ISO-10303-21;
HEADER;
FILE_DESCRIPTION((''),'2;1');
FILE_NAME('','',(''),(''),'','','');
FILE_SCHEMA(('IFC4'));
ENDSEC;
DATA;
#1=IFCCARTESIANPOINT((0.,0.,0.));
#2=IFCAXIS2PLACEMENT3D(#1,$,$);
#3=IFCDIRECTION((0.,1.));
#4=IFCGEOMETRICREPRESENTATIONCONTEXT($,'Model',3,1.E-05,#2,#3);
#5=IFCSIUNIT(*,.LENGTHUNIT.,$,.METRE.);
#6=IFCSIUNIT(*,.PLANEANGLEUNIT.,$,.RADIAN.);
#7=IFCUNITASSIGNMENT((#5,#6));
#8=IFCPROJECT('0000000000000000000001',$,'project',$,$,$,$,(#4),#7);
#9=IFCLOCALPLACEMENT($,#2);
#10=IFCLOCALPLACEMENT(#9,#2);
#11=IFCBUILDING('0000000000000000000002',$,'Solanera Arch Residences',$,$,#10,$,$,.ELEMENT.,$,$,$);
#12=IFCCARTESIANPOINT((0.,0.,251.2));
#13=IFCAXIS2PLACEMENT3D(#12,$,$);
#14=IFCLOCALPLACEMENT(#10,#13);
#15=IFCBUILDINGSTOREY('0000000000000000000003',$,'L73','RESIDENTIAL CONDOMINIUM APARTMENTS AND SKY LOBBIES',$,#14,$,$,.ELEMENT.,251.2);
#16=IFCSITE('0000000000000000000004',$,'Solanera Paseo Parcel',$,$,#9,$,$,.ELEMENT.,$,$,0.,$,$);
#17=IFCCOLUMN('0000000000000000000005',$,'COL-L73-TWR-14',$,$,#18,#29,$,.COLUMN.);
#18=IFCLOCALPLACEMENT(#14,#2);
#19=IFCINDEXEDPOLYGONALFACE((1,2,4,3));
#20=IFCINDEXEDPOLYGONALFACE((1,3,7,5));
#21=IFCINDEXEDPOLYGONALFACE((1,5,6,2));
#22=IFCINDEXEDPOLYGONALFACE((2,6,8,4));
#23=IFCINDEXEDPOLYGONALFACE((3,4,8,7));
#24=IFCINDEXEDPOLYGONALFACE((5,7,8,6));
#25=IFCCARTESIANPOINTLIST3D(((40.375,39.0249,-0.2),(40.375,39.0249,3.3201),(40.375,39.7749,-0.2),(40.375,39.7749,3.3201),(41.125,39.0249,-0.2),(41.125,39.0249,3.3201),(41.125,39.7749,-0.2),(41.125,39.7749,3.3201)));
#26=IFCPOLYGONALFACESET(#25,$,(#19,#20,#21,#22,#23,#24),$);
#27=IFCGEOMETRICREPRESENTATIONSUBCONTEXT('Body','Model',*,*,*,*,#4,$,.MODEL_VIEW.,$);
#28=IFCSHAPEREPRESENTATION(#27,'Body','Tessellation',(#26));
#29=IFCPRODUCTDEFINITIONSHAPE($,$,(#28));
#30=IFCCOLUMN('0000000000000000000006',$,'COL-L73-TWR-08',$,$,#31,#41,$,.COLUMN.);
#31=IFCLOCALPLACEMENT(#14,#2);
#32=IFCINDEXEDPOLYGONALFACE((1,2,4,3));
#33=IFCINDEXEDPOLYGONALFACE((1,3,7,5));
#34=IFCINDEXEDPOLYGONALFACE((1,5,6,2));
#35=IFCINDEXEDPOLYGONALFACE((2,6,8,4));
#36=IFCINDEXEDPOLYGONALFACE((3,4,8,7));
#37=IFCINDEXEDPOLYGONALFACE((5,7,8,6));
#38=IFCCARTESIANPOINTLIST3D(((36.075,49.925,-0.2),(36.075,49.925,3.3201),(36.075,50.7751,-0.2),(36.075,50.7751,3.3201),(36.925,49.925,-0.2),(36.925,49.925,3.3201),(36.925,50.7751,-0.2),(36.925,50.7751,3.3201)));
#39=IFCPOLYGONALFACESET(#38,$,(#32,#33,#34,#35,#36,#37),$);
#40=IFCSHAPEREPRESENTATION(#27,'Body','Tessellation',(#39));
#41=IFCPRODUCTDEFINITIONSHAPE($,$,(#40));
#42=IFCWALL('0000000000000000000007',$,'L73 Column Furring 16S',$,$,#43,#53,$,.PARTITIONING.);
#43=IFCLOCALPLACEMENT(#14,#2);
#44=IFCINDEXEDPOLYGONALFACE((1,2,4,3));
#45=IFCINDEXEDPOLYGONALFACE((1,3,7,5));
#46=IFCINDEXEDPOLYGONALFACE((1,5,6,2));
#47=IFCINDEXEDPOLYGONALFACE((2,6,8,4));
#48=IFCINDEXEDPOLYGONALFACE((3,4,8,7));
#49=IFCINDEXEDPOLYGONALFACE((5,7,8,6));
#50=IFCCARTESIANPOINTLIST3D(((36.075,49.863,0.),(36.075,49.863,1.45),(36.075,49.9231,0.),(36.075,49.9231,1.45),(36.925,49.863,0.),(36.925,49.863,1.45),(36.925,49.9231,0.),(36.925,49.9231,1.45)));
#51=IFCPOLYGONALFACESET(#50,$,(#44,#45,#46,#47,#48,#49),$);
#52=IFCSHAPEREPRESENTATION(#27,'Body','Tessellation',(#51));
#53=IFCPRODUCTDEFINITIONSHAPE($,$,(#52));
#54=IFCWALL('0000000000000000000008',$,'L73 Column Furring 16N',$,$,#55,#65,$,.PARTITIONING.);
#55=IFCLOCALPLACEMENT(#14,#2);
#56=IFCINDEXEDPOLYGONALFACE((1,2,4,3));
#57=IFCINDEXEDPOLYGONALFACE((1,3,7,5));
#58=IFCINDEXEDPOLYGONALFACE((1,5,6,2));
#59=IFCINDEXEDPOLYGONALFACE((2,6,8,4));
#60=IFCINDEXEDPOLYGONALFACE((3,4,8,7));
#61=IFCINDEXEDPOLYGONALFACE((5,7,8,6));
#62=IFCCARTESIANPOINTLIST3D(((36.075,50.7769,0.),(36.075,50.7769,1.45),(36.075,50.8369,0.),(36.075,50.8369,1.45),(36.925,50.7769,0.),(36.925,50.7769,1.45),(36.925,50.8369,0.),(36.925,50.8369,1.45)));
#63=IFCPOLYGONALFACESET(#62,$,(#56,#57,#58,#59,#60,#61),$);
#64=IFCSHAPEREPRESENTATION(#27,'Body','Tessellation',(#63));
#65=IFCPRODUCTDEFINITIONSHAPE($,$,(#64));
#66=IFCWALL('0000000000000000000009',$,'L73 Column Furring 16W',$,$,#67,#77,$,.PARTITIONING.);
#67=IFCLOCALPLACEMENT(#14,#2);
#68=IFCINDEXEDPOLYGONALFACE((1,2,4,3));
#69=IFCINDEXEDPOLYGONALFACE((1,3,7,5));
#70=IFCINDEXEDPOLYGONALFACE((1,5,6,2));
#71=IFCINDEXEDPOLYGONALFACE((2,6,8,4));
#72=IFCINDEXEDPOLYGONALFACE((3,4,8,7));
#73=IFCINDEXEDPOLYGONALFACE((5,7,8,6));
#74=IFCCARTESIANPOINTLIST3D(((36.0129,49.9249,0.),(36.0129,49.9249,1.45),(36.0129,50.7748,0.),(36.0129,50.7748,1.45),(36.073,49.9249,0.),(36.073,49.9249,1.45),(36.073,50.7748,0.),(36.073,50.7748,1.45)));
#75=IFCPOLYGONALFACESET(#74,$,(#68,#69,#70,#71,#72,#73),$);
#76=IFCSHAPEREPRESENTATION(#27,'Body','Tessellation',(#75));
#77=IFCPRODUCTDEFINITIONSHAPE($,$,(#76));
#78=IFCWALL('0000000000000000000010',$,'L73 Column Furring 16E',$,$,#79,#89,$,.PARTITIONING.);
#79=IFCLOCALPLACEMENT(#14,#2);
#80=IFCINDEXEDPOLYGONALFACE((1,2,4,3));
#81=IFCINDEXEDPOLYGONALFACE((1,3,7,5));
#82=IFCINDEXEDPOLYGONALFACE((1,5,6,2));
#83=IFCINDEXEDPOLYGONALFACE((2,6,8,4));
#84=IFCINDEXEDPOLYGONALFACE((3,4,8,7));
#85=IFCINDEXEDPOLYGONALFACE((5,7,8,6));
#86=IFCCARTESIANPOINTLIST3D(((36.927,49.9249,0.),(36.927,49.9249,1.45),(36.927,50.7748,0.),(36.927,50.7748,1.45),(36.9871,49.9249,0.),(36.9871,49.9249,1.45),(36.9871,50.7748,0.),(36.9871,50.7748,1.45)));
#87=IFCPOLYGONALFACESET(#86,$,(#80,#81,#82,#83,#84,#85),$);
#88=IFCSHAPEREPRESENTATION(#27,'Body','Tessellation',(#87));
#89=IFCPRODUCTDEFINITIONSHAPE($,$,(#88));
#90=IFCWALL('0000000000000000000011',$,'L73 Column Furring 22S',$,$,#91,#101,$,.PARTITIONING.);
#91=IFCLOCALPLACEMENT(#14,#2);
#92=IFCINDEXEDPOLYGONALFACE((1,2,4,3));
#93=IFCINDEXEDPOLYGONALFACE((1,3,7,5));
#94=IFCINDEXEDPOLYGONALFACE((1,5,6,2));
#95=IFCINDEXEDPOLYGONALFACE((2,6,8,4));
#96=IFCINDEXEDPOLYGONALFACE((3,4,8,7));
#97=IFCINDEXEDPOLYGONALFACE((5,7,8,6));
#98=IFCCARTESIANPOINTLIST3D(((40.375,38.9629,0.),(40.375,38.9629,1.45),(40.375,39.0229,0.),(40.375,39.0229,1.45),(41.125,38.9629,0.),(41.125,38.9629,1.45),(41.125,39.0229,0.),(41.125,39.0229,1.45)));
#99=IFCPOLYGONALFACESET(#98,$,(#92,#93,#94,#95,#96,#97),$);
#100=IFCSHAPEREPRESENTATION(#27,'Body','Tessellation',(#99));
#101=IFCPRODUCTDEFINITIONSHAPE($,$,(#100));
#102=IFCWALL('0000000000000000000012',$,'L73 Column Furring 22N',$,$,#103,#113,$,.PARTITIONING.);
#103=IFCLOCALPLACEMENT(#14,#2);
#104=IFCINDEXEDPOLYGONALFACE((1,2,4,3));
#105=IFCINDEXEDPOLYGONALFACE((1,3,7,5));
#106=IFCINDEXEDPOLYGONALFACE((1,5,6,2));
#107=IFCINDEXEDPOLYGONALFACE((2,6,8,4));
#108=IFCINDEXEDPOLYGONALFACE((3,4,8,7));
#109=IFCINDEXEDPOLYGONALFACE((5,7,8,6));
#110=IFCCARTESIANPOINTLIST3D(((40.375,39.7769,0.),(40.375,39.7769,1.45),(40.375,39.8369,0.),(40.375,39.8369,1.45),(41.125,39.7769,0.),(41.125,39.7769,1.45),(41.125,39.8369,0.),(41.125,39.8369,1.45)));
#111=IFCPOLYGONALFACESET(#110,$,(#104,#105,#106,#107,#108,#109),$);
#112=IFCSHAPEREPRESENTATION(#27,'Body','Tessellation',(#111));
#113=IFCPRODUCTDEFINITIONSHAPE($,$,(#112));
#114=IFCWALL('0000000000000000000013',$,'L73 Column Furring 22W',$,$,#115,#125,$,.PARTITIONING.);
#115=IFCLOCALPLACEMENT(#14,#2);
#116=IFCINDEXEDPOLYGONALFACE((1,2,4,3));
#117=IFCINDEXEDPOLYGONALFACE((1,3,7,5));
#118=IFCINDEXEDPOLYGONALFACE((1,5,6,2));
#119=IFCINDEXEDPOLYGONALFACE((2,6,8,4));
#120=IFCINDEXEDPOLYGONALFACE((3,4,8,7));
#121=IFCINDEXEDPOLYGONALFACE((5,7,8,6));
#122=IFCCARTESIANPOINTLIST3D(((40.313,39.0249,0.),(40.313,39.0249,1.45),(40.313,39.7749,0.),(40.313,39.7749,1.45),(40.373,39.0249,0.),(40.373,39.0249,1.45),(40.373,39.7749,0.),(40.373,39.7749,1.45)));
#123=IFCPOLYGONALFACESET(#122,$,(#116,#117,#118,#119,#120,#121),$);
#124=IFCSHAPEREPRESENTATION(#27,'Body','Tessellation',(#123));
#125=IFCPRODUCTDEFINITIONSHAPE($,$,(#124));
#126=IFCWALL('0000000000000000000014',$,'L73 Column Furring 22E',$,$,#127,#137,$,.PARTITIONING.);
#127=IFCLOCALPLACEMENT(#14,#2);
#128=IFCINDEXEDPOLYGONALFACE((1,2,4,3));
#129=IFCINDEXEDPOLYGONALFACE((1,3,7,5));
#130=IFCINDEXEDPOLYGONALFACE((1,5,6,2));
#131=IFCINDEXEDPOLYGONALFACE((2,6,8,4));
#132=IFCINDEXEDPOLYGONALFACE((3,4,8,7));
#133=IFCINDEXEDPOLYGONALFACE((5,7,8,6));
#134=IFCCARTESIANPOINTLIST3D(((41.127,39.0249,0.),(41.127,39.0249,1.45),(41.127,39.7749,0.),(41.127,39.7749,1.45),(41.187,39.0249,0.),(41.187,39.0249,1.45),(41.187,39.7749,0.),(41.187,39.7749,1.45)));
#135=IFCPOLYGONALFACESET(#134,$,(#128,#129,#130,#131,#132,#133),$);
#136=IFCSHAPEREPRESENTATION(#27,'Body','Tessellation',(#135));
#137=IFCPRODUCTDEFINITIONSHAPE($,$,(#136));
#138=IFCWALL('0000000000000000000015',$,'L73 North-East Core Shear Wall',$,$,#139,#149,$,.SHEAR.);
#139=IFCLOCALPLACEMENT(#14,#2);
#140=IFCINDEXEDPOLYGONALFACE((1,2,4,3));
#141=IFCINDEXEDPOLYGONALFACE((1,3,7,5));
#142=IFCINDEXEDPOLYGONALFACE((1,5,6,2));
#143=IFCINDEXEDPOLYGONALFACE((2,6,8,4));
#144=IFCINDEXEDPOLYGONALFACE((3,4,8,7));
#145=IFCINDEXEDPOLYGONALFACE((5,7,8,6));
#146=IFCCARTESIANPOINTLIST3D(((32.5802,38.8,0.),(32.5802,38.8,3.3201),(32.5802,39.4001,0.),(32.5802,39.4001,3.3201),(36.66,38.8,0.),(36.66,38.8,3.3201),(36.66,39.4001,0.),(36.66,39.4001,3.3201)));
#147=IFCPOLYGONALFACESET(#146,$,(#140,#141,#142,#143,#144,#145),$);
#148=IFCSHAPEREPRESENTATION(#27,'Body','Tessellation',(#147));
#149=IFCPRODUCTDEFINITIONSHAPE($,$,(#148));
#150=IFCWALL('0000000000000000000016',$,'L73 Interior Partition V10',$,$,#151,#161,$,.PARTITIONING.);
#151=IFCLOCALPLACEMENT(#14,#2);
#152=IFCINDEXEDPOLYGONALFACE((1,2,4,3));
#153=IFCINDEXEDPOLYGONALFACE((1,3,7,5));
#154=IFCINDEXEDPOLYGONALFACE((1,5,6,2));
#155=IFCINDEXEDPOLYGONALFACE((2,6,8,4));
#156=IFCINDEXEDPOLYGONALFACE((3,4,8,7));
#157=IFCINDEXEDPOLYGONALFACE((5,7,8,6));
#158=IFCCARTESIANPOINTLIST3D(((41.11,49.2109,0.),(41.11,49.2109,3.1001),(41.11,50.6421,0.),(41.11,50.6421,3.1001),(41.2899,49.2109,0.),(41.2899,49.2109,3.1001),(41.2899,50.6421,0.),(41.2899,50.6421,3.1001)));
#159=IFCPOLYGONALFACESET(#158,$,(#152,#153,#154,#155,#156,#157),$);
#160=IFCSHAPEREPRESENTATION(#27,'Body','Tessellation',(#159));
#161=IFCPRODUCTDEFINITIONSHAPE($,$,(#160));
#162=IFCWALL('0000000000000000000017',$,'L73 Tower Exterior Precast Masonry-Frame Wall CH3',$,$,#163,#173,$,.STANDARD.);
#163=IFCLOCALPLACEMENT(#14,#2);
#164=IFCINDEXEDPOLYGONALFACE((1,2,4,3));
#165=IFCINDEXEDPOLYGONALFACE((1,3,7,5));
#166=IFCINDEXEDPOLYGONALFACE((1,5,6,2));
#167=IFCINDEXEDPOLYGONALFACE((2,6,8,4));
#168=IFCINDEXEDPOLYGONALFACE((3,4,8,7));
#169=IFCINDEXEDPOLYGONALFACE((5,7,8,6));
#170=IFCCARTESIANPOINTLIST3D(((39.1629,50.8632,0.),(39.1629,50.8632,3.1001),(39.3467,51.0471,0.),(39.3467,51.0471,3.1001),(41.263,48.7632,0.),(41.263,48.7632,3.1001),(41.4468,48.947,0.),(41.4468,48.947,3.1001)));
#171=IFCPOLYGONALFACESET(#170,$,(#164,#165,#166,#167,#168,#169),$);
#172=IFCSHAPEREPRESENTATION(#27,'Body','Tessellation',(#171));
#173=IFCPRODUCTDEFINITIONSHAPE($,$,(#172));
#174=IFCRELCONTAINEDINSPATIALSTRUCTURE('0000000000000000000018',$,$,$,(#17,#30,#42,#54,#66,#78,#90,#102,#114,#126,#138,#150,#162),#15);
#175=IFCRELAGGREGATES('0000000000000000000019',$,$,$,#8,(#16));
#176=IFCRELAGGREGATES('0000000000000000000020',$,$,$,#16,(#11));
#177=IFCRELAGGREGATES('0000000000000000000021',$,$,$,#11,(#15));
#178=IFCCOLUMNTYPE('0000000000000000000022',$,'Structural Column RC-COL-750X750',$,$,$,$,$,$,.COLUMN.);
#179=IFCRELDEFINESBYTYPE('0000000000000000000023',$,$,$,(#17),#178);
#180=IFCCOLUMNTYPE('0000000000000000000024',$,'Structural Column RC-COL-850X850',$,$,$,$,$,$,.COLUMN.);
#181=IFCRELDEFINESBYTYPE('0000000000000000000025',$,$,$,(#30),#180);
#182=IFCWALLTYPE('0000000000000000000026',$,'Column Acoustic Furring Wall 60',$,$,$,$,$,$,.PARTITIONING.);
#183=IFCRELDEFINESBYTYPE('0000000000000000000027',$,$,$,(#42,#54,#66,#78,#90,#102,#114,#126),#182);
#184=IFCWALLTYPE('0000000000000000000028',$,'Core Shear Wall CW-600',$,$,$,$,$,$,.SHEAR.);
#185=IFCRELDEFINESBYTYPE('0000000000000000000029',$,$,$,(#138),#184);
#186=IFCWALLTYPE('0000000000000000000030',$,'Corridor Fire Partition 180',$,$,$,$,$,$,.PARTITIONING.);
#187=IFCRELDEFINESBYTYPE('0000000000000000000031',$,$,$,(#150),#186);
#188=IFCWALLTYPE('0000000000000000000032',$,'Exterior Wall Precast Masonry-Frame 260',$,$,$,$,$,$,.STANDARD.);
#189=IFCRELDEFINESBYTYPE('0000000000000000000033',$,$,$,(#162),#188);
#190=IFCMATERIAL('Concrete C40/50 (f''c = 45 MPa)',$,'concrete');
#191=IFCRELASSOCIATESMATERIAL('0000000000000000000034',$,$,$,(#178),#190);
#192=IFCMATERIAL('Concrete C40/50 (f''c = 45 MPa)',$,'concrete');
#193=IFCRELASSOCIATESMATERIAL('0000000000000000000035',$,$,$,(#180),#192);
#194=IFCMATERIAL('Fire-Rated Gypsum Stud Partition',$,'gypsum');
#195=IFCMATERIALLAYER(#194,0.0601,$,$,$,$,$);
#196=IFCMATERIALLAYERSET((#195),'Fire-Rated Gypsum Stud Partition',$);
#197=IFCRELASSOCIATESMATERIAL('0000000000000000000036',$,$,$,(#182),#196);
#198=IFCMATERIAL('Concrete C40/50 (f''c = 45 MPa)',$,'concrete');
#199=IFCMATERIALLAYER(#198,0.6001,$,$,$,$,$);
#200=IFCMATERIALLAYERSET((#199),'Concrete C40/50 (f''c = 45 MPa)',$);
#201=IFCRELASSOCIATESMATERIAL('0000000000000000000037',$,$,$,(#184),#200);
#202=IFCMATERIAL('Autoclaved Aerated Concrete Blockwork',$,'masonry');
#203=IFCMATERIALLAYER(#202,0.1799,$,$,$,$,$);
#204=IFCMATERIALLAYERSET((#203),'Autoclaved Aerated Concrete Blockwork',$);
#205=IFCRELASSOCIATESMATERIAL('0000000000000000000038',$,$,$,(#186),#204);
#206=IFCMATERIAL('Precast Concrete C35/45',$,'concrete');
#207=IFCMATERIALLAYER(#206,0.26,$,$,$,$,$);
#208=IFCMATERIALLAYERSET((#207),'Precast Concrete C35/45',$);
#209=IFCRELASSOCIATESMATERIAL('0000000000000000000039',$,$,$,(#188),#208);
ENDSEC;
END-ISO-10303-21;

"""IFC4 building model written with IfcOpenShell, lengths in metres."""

from ifc_helpers import new_model, si_unit, direction, frame, frame_2d, origin, origin_2d, place, context, subcontext, project, spatial, rectangle, extrude, material, layer, layer_set, material_profile, profile_set, type_object, element, save


model = new_model("IFC4")

# Units and contexts
model_context = context("Model", 3, precision=1e-05, world=origin(), true_north=direction((0.0, 1.0)))
body_context = subcontext(model_context, "Body", "Model", "MODEL_VIEW")
ifc_project = project(units=[si_unit("LENGTHUNIT", "METRE"), si_unit("PLANEANGLEUNIT", "RADIAN")], contexts=[model_context])

# Site, building, storey
site_placement = place(None, origin())
site = spatial("IfcSite", under=ifc_project, at=site_placement, Name="Solanera Paseo Parcel", CompositionType="ELEMENT", RefElevation=0.0)
building_placement = place(site_placement, origin())
building = spatial("IfcBuilding", under=site, at=building_placement, Name="Solanera Arch Residences", CompositionType="ELEMENT")
storey_placement = place(building_placement, frame((0.0, 0.0, 251.2)))
storey = spatial("IfcBuildingStorey", under=building, at=storey_placement, Name="L73", Description="RESIDENTIAL CONDOMINIUM APARTMENTS AND SKY LOBBIES", CompositionType="ELEMENT", Elevation=251.2)

# Columns
ifc_material_1 = material(Name="Concrete C40/50 (f'c = 45 MPa)", Category="concrete")
ifc_material_profile_1 = material_profile(ifc_material_1, rectangle(XDim=0.75, YDim=0.75, at=origin_2d()))
ifc_profile_set_1 = profile_set([ifc_material_profile_1], Name="Concrete C40/50 (f'c = 45 MPa)")
column_type_1 = type_object("IfcColumnType", Name="Structural Column RC-COL-750X750", PredefinedType="COLUMN", material=ifc_profile_set_1)
column_1_placement = place(storey_placement, frame((40.75, 39.3999, -0.2), z_axis=(0.0, 0.0, 1.0), x_axis=(1.0, 0.0, 0.0)))
element("IfcColumn", 1, at=column_1_placement, inside=storey, type_object=column_type_1, Name="COL-L73-TWR-14", PredefinedType="COLUMN", context=body_context, shape_type="SweptSolid", body=[
    extrude(rectangle(XDim=0.75, YDim=0.75, at=origin_2d()), origin(), (0.0, 0.0, 1.0), 3.52),
])
ifc_material_2 = material(Name="Concrete C40/50 (f'c = 45 MPa)", Category="concrete")
ifc_material_profile_2 = material_profile(ifc_material_2, rectangle(XDim=0.8501, YDim=0.8501, at=origin_2d()))
ifc_profile_set_2 = profile_set([ifc_material_profile_2], Name="Concrete C40/50 (f'c = 45 MPa)")
column_type_2 = type_object("IfcColumnType", Name="Structural Column RC-COL-850X850", PredefinedType="COLUMN", material=ifc_profile_set_2)
column_2_placement = place(storey_placement, frame((36.5, 50.3501, -0.2), z_axis=(0.0, 0.0, 1.0), x_axis=(1.0, 0.0, 0.0)))
element("IfcColumn", 2, at=column_2_placement, inside=storey, type_object=column_type_2, Name="COL-L73-TWR-08", PredefinedType="COLUMN", context=body_context, shape_type="SweptSolid", body=[
    extrude(rectangle(XDim=0.8501, YDim=0.8501, at=origin_2d()), origin(), (0.0, 0.0, 1.0), 3.52),
])

# Walls
ifc_material_3 = material(Name="Fire-Rated Gypsum Stud Partition", Category="gypsum")
ifc_layer_1 = layer(ifc_material_3, 0.0601)
ifc_layer_set_1 = layer_set([ifc_layer_1], Name="Fire-Rated Gypsum Stud Partition")
wall_type_1 = type_object("IfcWallType", Name="Column Acoustic Furring Wall 60", PredefinedType="PARTITIONING", material=ifc_layer_set_1)
for number, where, z_axis, x_axis, name in (
    (3, (36.075, 49.8931, 0.0), (0.0, 0.0, 1.0), (1.0, 0.0, 0.0), "L73 Column Furring 16S"),
    (4, (36.075, 50.8069, 0.0), (0.0, 0.0, 1.0), (1.0, 0.0, 0.0), "L73 Column Furring 16N"),
):
    element("IfcWall", number, at=place(storey_placement, frame(where, z_axis=z_axis, x_axis=x_axis)), inside=storey, type_object=wall_type_1, Name=name, PredefinedType="PARTITIONING", context=body_context, shape_type="SweptSolid", body=[
        extrude(rectangle(XDim=0.8501, YDim=0.0601, at=frame_2d((0.425, 0.0))), origin(), (0.0, 0.0, 1.0), 1.45),
    ])
for number, where, z_axis, x_axis, name in (
    (5, (36.043, 49.925, 0.0), (0.0, 0.0, 1.0), (0.0, 1.0, 0.0), "L73 Column Furring 16W"),
    (6, (36.957, 49.925, 0.0), (0.0, 0.0, 1.0), (0.0, 1.0, 0.0), "L73 Column Furring 16E"),
):
    element("IfcWall", number, at=place(storey_placement, frame(where, z_axis=z_axis, x_axis=x_axis)), inside=storey, type_object=wall_type_1, Name=name, PredefinedType="PARTITIONING", context=body_context, shape_type="SweptSolid", body=[
        extrude(rectangle(XDim=0.8499, YDim=0.0601, at=frame_2d((0.4248, 0.0))), origin(), (0.0, 0.0, 1.0), 1.45),
    ])
for number, where, z_axis, x_axis, name in (
    (7, (40.375, 38.9929, 0.0), (0.0, 0.0, 1.0), (1.0, 0.0, 0.0), "L73 Column Furring 22S"),
    (8, (40.375, 39.8069, 0.0), (0.0, 0.0, 1.0), (1.0, 0.0, 0.0), "L73 Column Furring 22N"),
    (9, (40.343, 39.0249, 0.0), (0.0, 0.0, 1.0), (0.0, 1.0, 0.0), "L73 Column Furring 22W"),
    (10, (41.157, 39.0249, 0.0), (0.0, 0.0, 1.0), (0.0, 1.0, 0.0), "L73 Column Furring 22E"),
):
    element("IfcWall", number, at=place(storey_placement, frame(where, z_axis=z_axis, x_axis=x_axis)), inside=storey, type_object=wall_type_1, Name=name, PredefinedType="PARTITIONING", context=body_context, shape_type="SweptSolid", body=[
        extrude(rectangle(XDim=0.75, YDim=0.0601, at=frame_2d((0.375, 0.0))), origin(), (0.0, 0.0, 1.0), 1.45),
    ])
ifc_material_4 = material(Name="Concrete C40/50 (f'c = 45 MPa)", Category="concrete")
ifc_layer_2 = layer(ifc_material_4, 0.6001)
ifc_layer_set_2 = layer_set([ifc_layer_2], Name="Concrete C40/50 (f'c = 45 MPa)")
wall_type_2 = type_object("IfcWallType", Name="Core Shear Wall CW-600", PredefinedType="SHEAR", material=ifc_layer_set_2)
wall_1_placement = place(storey_placement, frame((32.5801, 39.1001, 0.0), z_axis=(0.0, 0.0, 1.0), x_axis=(1.0, 0.0, 0.0)))
element("IfcWall", 11, at=wall_1_placement, inside=storey, type_object=wall_type_2, Name="L73 North-East Core Shear Wall", PredefinedType="SHEAR", context=body_context, shape_type="SweptSolid", body=[
    extrude(rectangle(XDim=4.0798, YDim=0.6001, at=frame_2d((2.04, 0.0))), origin(), (0.0, 0.0, 1.0), 3.3201),
])
ifc_material_5 = material(Name="Autoclaved Aerated Concrete Blockwork", Category="masonry")
ifc_layer_3 = layer(ifc_material_5, 0.1799)
ifc_layer_set_3 = layer_set([ifc_layer_3], Name="Autoclaved Aerated Concrete Blockwork")
wall_type_3 = type_object("IfcWallType", Name="Corridor Fire Partition 180", PredefinedType="PARTITIONING", material=ifc_layer_set_3)
wall_2_placement = place(storey_placement, frame((41.2, 49.2109, 0.0), z_axis=(0.0, 0.0, 1.0), x_axis=(0.0, 1.0, 0.0)))
element("IfcWall", 12, at=wall_2_placement, inside=storey, type_object=wall_type_3, Name="L73 Interior Partition V10", PredefinedType="PARTITIONING", context=body_context, shape_type="SweptSolid", body=[
    extrude(rectangle(XDim=1.4312, YDim=0.1799, at=frame_2d((0.7156, 0.0))), origin(), (0.0, 0.0, 1.0), 3.1001),
])
ifc_material_6 = material(Name="Precast Concrete C35/45", Category="concrete")
ifc_layer_4 = layer(ifc_material_6, 0.26)
ifc_layer_set_4 = layer_set([ifc_layer_4], Name="Precast Concrete C35/45")
wall_type_4 = type_object("IfcWallType", Name="Exterior Wall Precast Masonry-Frame 260", PredefinedType="STANDARD", material=ifc_layer_set_4)
wall_3_placement = place(storey_placement, frame((39.2549, 50.9551, 0.0), z_axis=(0.0, 0.0, 1.0), x_axis=(0.707107, -0.707107, 0.0)))
element("IfcWall", 13, at=wall_3_placement, inside=storey, type_object=wall_type_4, Name="L73 Tower Exterior Precast Masonry-Frame Wall CH3", PredefinedType="STANDARD", context=body_context, shape_type="SweptSolid", body=[
    extrude(rectangle(XDim=2.97, YDim=0.26, at=frame_2d((1.4849, 0.0))), origin(), (0.0, 0.0, 1.0), 3.1001),
])

save(model, "model.ifc")
